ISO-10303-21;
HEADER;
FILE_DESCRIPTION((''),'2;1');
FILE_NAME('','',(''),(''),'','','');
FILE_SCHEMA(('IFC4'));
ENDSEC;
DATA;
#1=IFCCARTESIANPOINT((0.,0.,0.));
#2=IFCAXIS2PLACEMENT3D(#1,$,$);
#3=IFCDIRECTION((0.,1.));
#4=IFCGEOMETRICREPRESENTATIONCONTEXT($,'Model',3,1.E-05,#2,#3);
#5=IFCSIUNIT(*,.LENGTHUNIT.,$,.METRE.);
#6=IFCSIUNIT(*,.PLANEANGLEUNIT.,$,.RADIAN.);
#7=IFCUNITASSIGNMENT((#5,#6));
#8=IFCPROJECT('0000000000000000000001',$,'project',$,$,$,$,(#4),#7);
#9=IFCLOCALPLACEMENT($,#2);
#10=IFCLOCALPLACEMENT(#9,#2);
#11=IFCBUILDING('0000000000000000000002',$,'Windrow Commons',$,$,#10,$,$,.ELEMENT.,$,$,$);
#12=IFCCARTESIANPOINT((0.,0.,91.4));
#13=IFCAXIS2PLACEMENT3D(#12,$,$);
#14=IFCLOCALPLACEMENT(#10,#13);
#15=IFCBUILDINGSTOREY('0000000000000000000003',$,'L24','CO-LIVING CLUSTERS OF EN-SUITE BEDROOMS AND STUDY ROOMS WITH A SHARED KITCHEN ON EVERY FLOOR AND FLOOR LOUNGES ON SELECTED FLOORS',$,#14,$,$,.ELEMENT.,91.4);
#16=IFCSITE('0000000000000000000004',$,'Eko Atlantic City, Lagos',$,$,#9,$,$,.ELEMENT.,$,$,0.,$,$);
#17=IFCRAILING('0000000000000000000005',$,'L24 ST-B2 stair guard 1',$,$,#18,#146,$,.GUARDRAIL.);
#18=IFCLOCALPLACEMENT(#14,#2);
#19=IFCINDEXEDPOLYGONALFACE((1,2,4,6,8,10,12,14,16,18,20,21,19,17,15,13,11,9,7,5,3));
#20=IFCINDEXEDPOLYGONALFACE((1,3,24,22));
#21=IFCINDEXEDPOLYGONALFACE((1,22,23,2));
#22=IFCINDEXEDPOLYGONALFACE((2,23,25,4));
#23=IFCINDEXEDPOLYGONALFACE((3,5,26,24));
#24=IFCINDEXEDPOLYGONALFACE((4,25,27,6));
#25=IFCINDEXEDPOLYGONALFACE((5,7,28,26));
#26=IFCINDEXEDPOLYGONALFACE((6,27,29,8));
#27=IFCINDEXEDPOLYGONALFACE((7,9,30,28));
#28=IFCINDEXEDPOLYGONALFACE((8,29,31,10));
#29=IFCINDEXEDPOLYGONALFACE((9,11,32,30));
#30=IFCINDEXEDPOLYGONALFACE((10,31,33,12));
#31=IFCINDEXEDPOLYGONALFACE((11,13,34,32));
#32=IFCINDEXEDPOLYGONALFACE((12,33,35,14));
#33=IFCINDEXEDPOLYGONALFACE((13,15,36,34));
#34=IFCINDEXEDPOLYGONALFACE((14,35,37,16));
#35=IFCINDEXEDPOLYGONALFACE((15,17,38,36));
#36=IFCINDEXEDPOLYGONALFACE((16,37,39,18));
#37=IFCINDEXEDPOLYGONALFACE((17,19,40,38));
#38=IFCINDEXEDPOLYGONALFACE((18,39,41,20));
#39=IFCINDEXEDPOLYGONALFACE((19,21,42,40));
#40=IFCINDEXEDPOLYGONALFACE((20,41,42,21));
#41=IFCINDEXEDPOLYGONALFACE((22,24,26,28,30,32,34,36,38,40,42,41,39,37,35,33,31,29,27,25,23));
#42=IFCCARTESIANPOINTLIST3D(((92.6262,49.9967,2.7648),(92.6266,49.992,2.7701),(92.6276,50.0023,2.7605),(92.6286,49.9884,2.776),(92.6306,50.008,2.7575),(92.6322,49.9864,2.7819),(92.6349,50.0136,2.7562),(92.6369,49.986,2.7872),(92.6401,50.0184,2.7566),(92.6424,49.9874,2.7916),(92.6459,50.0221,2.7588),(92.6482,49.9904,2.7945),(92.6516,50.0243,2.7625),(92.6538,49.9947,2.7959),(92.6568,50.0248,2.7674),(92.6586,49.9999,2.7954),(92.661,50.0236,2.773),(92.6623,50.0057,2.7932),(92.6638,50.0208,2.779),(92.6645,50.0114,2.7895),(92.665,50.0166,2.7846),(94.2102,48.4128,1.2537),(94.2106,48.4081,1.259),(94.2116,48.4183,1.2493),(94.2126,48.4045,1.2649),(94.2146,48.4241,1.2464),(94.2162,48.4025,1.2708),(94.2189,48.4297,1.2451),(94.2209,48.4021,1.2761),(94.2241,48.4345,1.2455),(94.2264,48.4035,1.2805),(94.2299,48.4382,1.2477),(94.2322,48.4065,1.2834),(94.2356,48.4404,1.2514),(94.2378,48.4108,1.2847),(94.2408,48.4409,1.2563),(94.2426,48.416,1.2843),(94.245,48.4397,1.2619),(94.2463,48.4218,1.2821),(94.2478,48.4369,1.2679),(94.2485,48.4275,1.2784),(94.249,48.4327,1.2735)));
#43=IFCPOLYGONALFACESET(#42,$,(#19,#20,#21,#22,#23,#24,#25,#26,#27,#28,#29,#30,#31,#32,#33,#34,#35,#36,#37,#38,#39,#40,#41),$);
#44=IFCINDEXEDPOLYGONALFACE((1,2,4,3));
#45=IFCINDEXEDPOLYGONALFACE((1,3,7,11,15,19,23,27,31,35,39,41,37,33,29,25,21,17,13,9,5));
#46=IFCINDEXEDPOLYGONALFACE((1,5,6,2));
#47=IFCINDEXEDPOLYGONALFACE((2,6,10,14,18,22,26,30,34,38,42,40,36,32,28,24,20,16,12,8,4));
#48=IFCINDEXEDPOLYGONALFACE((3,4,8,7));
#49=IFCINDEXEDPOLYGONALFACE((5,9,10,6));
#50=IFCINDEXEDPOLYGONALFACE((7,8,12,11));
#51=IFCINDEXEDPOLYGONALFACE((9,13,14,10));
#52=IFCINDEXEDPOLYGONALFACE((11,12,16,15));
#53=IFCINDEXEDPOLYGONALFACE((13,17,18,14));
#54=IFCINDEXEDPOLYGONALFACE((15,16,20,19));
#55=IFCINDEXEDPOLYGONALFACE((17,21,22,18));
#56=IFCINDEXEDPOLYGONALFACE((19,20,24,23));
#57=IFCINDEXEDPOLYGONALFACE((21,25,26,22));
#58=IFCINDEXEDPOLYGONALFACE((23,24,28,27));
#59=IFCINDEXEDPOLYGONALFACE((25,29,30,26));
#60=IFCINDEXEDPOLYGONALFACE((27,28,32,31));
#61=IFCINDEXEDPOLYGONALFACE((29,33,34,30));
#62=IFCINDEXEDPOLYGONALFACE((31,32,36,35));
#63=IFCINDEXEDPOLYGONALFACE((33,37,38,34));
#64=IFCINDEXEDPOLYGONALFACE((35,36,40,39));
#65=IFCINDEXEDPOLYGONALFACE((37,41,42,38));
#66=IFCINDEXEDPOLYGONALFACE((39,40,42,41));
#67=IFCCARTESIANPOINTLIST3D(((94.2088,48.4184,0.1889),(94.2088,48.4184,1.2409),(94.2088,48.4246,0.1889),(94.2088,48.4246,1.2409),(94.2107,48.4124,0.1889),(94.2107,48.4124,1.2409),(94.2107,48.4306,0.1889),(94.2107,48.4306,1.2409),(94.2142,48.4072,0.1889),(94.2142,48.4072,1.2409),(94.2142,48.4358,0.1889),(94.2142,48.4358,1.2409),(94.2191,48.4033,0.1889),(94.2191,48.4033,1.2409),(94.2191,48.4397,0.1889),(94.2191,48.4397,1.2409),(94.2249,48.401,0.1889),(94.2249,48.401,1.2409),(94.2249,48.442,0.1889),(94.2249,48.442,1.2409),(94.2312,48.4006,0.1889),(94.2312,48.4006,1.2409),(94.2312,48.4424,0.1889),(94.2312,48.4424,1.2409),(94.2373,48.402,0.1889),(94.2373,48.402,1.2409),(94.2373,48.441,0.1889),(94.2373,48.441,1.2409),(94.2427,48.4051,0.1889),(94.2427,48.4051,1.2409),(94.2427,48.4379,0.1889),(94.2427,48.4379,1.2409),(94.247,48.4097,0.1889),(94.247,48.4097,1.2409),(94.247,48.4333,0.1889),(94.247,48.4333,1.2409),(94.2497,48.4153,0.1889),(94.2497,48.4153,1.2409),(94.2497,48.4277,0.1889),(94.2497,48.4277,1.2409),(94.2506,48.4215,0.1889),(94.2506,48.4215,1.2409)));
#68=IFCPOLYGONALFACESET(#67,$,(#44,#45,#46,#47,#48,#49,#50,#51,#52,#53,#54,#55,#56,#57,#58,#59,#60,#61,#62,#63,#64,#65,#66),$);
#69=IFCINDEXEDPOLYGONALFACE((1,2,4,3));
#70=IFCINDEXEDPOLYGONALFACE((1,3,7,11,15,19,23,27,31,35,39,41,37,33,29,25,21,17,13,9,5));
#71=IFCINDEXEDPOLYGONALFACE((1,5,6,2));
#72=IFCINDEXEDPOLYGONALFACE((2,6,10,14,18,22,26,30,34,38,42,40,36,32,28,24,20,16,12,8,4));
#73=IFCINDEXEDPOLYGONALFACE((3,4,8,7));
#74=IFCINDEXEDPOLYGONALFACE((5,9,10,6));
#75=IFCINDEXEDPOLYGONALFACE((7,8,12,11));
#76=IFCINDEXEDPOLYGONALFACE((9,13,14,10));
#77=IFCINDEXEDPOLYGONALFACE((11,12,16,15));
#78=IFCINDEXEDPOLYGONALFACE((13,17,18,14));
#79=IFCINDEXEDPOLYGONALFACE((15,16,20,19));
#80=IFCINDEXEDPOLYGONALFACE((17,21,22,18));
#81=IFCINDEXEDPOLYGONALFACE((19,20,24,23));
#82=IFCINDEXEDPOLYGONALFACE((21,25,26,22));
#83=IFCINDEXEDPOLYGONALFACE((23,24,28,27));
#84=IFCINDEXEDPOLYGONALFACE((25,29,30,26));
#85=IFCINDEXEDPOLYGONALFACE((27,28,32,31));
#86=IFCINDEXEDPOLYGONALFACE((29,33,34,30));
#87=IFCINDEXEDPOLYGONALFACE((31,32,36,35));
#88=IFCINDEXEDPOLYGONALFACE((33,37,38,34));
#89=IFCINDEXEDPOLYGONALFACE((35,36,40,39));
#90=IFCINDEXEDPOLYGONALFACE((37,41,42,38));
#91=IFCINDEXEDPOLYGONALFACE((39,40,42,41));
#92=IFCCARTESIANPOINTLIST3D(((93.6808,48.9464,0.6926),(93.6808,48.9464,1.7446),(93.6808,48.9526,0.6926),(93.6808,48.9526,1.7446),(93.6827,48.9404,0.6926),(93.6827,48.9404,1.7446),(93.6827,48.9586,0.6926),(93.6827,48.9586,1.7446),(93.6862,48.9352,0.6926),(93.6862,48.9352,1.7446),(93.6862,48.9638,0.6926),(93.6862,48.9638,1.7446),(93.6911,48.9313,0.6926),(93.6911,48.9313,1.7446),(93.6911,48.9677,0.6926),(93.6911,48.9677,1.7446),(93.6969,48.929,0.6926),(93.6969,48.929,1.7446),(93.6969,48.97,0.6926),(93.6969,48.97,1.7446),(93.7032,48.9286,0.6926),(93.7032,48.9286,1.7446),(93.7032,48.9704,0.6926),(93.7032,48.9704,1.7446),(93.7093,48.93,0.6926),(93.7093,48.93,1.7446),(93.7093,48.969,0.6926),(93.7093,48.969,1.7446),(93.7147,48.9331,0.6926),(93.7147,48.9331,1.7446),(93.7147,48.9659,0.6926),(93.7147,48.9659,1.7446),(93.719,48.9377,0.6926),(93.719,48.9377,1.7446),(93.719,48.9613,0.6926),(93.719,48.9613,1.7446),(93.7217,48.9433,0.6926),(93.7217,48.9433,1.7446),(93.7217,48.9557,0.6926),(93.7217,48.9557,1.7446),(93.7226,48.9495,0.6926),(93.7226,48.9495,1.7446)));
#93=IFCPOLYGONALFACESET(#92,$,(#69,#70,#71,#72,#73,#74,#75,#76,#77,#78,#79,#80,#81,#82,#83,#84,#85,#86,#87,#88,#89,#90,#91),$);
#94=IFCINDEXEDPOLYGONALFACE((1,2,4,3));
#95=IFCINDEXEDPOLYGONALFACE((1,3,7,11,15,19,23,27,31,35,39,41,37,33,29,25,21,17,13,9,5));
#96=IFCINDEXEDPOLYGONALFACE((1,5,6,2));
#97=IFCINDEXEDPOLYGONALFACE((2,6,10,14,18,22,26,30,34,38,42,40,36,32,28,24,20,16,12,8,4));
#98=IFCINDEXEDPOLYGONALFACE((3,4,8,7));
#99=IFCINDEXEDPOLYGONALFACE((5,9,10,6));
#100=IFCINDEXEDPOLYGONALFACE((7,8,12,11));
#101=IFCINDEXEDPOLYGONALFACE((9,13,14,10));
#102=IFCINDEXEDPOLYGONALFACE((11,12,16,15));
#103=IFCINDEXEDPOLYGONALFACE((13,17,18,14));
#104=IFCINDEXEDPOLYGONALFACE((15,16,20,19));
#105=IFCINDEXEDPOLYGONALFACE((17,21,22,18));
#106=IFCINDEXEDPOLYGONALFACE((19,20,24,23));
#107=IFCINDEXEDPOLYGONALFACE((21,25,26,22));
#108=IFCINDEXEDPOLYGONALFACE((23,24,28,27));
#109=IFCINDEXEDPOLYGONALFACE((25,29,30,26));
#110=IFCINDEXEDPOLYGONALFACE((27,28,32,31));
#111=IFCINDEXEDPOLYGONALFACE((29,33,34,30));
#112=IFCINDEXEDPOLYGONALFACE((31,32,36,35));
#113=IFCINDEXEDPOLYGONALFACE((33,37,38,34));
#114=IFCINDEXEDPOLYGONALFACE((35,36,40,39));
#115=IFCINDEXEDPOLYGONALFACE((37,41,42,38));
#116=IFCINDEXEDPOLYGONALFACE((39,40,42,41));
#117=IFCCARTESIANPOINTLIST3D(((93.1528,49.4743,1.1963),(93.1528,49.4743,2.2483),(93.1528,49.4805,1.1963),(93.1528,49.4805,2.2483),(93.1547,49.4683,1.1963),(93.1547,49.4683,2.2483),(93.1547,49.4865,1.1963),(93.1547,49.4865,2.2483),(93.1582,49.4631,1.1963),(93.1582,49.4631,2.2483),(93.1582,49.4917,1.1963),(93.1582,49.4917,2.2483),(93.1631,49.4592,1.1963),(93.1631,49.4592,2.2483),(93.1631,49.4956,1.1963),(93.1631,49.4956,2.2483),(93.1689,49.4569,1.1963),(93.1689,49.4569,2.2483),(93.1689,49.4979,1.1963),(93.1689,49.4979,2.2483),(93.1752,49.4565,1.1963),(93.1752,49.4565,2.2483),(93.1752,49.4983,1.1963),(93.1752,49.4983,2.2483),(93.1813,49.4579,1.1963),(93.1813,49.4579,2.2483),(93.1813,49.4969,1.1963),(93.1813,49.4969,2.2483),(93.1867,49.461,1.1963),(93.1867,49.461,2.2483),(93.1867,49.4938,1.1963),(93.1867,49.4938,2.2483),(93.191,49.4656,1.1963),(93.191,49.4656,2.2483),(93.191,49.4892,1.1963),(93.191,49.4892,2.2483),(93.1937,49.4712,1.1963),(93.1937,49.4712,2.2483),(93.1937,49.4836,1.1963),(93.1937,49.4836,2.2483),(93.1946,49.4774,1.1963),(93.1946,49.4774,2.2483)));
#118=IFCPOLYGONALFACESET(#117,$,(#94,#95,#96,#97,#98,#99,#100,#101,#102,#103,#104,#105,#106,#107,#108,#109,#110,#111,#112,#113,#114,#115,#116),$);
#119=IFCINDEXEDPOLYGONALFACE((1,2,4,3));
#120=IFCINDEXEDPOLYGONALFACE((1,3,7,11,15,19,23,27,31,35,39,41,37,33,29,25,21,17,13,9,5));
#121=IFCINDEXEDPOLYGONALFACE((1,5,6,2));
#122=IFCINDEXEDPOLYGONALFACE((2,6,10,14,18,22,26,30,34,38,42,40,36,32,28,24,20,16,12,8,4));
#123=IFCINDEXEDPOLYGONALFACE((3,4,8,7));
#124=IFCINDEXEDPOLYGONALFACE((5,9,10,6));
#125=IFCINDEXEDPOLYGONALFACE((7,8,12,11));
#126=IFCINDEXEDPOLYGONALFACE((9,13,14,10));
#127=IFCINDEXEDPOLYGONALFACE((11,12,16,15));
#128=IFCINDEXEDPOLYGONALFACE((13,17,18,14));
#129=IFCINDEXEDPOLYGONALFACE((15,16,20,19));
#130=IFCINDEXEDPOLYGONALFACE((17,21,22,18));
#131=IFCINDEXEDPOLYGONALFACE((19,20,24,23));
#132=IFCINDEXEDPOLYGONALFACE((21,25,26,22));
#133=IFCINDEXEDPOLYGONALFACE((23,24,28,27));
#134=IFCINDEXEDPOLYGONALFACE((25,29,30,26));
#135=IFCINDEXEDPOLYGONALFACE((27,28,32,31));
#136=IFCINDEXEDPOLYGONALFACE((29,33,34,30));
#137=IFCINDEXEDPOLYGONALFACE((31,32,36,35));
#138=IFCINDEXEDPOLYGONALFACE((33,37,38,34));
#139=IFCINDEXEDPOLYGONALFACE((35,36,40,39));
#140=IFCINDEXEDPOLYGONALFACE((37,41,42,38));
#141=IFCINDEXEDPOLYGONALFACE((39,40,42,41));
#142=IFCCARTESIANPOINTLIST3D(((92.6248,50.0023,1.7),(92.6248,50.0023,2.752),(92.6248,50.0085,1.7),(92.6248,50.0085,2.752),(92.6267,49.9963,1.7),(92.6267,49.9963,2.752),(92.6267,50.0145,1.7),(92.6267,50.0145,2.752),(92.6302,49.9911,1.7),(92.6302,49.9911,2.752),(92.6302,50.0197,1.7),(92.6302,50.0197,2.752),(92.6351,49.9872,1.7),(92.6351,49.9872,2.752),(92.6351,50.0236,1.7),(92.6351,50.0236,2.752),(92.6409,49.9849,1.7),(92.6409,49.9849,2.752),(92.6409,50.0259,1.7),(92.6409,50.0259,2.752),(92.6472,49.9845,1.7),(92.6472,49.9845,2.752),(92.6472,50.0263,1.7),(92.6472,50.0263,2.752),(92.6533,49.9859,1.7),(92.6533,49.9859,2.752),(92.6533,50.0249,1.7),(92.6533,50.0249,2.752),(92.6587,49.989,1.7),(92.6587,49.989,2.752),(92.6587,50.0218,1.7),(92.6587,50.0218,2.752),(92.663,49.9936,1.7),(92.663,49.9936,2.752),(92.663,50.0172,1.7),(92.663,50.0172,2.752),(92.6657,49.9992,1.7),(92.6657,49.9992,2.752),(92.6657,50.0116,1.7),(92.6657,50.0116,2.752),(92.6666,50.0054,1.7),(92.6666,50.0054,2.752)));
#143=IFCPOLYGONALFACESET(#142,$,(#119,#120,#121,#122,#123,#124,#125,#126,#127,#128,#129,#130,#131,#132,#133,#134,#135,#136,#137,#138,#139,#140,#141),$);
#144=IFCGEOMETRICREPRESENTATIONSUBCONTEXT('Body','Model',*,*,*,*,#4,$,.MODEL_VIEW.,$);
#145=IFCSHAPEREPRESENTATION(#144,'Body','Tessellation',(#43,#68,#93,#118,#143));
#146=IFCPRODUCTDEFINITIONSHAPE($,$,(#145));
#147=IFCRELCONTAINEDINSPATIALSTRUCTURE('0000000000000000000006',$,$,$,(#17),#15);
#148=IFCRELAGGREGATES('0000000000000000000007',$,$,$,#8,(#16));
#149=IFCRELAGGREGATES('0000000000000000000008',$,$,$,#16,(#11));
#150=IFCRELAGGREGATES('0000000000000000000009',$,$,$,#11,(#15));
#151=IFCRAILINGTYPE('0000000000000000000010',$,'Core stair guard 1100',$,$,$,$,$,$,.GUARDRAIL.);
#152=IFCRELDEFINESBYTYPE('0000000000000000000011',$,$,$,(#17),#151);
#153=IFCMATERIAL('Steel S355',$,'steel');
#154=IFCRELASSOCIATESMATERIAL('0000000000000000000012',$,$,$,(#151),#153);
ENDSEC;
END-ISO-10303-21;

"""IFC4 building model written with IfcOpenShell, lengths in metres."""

from ifc_helpers import new_model, si_unit, direction, frame, origin, origin_2d, place, context, subcontext, project, spatial, circle, extrude, material, type_object, element, save


model = new_model("IFC4")

# Units and contexts
model_context = context("Model", 3, precision=1e-05, world=origin(), true_north=direction((0.0, 1.0)))
body_context = subcontext(model_context, "Body", "Model", "MODEL_VIEW")
ifc_project = project(units=[si_unit("LENGTHUNIT", "METRE"), si_unit("PLANEANGLEUNIT", "RADIAN")], contexts=[model_context])

# Site, building, storey
site_placement = place(None, origin())
site = spatial("IfcSite", under=ifc_project, at=site_placement, Name="Eko Atlantic City, Lagos", CompositionType="ELEMENT", RefElevation=0.0)
building_placement = place(site_placement, origin())
building = spatial("IfcBuilding", under=site, at=building_placement, Name="Windrow Commons", CompositionType="ELEMENT")
storey_placement = place(building_placement, frame((0.0, 0.0, 91.4)))
storey = spatial("IfcBuildingStorey", under=building, at=storey_placement, Name="L24", Description="CO-LIVING CLUSTERS OF EN-SUITE BEDROOMS AND STUDY ROOMS WITH A SHARED KITCHEN ON EVERY FLOOR AND FLOOR LOUNGES ON SELECTED FLOORS", CompositionType="ELEMENT", Elevation=91.4)

# Railing
ifc_material_1 = material(Name="Steel S355", Category="steel")
railing_type_1 = type_object("IfcRailingType", Name="Core stair guard 1100", PredefinedType="GUARDRAIL", material=ifc_material_1)
railing_1_placement = place(storey_placement, frame((94.2296, 48.4215, 0.1889)))
element("IfcRailing", 1, at=railing_1_placement, inside=storey, type_object=railing_type_1, Name="L24 ST-B2 stair guard 1", PredefinedType="GUARDRAIL", context=body_context, shape_type="SweptSolid", body=[
    extrude(circle(Radius=0.024, at=origin_2d()), frame((0.0, 0.0, 1.076), z_axis=(-0.586216, 0.586179, 0.559237), x_axis=(-0.707084, -0.707129, 0.0)), (0.0, 0.0, 1.0), 2.7021),
    extrude(circle(Radius=0.021, at=origin_2d()), origin(), (0.0, 0.0, 1.0), 1.052),
    extrude(circle(Radius=0.021, at=origin_2d()), frame((-0.528, 0.528, 0.5037)), (0.0, 0.0, 1.0), 1.052),
    extrude(circle(Radius=0.021, at=origin_2d()), frame((-1.056, 1.0559, 1.0074)), (0.0, 0.0, 1.0), 1.052),
    extrude(circle(Radius=0.021, at=origin_2d()), frame((-1.584, 1.5839, 1.5111)), (0.0, 0.0, 1.0), 1.052),
])

save(model, "model.ifc")
